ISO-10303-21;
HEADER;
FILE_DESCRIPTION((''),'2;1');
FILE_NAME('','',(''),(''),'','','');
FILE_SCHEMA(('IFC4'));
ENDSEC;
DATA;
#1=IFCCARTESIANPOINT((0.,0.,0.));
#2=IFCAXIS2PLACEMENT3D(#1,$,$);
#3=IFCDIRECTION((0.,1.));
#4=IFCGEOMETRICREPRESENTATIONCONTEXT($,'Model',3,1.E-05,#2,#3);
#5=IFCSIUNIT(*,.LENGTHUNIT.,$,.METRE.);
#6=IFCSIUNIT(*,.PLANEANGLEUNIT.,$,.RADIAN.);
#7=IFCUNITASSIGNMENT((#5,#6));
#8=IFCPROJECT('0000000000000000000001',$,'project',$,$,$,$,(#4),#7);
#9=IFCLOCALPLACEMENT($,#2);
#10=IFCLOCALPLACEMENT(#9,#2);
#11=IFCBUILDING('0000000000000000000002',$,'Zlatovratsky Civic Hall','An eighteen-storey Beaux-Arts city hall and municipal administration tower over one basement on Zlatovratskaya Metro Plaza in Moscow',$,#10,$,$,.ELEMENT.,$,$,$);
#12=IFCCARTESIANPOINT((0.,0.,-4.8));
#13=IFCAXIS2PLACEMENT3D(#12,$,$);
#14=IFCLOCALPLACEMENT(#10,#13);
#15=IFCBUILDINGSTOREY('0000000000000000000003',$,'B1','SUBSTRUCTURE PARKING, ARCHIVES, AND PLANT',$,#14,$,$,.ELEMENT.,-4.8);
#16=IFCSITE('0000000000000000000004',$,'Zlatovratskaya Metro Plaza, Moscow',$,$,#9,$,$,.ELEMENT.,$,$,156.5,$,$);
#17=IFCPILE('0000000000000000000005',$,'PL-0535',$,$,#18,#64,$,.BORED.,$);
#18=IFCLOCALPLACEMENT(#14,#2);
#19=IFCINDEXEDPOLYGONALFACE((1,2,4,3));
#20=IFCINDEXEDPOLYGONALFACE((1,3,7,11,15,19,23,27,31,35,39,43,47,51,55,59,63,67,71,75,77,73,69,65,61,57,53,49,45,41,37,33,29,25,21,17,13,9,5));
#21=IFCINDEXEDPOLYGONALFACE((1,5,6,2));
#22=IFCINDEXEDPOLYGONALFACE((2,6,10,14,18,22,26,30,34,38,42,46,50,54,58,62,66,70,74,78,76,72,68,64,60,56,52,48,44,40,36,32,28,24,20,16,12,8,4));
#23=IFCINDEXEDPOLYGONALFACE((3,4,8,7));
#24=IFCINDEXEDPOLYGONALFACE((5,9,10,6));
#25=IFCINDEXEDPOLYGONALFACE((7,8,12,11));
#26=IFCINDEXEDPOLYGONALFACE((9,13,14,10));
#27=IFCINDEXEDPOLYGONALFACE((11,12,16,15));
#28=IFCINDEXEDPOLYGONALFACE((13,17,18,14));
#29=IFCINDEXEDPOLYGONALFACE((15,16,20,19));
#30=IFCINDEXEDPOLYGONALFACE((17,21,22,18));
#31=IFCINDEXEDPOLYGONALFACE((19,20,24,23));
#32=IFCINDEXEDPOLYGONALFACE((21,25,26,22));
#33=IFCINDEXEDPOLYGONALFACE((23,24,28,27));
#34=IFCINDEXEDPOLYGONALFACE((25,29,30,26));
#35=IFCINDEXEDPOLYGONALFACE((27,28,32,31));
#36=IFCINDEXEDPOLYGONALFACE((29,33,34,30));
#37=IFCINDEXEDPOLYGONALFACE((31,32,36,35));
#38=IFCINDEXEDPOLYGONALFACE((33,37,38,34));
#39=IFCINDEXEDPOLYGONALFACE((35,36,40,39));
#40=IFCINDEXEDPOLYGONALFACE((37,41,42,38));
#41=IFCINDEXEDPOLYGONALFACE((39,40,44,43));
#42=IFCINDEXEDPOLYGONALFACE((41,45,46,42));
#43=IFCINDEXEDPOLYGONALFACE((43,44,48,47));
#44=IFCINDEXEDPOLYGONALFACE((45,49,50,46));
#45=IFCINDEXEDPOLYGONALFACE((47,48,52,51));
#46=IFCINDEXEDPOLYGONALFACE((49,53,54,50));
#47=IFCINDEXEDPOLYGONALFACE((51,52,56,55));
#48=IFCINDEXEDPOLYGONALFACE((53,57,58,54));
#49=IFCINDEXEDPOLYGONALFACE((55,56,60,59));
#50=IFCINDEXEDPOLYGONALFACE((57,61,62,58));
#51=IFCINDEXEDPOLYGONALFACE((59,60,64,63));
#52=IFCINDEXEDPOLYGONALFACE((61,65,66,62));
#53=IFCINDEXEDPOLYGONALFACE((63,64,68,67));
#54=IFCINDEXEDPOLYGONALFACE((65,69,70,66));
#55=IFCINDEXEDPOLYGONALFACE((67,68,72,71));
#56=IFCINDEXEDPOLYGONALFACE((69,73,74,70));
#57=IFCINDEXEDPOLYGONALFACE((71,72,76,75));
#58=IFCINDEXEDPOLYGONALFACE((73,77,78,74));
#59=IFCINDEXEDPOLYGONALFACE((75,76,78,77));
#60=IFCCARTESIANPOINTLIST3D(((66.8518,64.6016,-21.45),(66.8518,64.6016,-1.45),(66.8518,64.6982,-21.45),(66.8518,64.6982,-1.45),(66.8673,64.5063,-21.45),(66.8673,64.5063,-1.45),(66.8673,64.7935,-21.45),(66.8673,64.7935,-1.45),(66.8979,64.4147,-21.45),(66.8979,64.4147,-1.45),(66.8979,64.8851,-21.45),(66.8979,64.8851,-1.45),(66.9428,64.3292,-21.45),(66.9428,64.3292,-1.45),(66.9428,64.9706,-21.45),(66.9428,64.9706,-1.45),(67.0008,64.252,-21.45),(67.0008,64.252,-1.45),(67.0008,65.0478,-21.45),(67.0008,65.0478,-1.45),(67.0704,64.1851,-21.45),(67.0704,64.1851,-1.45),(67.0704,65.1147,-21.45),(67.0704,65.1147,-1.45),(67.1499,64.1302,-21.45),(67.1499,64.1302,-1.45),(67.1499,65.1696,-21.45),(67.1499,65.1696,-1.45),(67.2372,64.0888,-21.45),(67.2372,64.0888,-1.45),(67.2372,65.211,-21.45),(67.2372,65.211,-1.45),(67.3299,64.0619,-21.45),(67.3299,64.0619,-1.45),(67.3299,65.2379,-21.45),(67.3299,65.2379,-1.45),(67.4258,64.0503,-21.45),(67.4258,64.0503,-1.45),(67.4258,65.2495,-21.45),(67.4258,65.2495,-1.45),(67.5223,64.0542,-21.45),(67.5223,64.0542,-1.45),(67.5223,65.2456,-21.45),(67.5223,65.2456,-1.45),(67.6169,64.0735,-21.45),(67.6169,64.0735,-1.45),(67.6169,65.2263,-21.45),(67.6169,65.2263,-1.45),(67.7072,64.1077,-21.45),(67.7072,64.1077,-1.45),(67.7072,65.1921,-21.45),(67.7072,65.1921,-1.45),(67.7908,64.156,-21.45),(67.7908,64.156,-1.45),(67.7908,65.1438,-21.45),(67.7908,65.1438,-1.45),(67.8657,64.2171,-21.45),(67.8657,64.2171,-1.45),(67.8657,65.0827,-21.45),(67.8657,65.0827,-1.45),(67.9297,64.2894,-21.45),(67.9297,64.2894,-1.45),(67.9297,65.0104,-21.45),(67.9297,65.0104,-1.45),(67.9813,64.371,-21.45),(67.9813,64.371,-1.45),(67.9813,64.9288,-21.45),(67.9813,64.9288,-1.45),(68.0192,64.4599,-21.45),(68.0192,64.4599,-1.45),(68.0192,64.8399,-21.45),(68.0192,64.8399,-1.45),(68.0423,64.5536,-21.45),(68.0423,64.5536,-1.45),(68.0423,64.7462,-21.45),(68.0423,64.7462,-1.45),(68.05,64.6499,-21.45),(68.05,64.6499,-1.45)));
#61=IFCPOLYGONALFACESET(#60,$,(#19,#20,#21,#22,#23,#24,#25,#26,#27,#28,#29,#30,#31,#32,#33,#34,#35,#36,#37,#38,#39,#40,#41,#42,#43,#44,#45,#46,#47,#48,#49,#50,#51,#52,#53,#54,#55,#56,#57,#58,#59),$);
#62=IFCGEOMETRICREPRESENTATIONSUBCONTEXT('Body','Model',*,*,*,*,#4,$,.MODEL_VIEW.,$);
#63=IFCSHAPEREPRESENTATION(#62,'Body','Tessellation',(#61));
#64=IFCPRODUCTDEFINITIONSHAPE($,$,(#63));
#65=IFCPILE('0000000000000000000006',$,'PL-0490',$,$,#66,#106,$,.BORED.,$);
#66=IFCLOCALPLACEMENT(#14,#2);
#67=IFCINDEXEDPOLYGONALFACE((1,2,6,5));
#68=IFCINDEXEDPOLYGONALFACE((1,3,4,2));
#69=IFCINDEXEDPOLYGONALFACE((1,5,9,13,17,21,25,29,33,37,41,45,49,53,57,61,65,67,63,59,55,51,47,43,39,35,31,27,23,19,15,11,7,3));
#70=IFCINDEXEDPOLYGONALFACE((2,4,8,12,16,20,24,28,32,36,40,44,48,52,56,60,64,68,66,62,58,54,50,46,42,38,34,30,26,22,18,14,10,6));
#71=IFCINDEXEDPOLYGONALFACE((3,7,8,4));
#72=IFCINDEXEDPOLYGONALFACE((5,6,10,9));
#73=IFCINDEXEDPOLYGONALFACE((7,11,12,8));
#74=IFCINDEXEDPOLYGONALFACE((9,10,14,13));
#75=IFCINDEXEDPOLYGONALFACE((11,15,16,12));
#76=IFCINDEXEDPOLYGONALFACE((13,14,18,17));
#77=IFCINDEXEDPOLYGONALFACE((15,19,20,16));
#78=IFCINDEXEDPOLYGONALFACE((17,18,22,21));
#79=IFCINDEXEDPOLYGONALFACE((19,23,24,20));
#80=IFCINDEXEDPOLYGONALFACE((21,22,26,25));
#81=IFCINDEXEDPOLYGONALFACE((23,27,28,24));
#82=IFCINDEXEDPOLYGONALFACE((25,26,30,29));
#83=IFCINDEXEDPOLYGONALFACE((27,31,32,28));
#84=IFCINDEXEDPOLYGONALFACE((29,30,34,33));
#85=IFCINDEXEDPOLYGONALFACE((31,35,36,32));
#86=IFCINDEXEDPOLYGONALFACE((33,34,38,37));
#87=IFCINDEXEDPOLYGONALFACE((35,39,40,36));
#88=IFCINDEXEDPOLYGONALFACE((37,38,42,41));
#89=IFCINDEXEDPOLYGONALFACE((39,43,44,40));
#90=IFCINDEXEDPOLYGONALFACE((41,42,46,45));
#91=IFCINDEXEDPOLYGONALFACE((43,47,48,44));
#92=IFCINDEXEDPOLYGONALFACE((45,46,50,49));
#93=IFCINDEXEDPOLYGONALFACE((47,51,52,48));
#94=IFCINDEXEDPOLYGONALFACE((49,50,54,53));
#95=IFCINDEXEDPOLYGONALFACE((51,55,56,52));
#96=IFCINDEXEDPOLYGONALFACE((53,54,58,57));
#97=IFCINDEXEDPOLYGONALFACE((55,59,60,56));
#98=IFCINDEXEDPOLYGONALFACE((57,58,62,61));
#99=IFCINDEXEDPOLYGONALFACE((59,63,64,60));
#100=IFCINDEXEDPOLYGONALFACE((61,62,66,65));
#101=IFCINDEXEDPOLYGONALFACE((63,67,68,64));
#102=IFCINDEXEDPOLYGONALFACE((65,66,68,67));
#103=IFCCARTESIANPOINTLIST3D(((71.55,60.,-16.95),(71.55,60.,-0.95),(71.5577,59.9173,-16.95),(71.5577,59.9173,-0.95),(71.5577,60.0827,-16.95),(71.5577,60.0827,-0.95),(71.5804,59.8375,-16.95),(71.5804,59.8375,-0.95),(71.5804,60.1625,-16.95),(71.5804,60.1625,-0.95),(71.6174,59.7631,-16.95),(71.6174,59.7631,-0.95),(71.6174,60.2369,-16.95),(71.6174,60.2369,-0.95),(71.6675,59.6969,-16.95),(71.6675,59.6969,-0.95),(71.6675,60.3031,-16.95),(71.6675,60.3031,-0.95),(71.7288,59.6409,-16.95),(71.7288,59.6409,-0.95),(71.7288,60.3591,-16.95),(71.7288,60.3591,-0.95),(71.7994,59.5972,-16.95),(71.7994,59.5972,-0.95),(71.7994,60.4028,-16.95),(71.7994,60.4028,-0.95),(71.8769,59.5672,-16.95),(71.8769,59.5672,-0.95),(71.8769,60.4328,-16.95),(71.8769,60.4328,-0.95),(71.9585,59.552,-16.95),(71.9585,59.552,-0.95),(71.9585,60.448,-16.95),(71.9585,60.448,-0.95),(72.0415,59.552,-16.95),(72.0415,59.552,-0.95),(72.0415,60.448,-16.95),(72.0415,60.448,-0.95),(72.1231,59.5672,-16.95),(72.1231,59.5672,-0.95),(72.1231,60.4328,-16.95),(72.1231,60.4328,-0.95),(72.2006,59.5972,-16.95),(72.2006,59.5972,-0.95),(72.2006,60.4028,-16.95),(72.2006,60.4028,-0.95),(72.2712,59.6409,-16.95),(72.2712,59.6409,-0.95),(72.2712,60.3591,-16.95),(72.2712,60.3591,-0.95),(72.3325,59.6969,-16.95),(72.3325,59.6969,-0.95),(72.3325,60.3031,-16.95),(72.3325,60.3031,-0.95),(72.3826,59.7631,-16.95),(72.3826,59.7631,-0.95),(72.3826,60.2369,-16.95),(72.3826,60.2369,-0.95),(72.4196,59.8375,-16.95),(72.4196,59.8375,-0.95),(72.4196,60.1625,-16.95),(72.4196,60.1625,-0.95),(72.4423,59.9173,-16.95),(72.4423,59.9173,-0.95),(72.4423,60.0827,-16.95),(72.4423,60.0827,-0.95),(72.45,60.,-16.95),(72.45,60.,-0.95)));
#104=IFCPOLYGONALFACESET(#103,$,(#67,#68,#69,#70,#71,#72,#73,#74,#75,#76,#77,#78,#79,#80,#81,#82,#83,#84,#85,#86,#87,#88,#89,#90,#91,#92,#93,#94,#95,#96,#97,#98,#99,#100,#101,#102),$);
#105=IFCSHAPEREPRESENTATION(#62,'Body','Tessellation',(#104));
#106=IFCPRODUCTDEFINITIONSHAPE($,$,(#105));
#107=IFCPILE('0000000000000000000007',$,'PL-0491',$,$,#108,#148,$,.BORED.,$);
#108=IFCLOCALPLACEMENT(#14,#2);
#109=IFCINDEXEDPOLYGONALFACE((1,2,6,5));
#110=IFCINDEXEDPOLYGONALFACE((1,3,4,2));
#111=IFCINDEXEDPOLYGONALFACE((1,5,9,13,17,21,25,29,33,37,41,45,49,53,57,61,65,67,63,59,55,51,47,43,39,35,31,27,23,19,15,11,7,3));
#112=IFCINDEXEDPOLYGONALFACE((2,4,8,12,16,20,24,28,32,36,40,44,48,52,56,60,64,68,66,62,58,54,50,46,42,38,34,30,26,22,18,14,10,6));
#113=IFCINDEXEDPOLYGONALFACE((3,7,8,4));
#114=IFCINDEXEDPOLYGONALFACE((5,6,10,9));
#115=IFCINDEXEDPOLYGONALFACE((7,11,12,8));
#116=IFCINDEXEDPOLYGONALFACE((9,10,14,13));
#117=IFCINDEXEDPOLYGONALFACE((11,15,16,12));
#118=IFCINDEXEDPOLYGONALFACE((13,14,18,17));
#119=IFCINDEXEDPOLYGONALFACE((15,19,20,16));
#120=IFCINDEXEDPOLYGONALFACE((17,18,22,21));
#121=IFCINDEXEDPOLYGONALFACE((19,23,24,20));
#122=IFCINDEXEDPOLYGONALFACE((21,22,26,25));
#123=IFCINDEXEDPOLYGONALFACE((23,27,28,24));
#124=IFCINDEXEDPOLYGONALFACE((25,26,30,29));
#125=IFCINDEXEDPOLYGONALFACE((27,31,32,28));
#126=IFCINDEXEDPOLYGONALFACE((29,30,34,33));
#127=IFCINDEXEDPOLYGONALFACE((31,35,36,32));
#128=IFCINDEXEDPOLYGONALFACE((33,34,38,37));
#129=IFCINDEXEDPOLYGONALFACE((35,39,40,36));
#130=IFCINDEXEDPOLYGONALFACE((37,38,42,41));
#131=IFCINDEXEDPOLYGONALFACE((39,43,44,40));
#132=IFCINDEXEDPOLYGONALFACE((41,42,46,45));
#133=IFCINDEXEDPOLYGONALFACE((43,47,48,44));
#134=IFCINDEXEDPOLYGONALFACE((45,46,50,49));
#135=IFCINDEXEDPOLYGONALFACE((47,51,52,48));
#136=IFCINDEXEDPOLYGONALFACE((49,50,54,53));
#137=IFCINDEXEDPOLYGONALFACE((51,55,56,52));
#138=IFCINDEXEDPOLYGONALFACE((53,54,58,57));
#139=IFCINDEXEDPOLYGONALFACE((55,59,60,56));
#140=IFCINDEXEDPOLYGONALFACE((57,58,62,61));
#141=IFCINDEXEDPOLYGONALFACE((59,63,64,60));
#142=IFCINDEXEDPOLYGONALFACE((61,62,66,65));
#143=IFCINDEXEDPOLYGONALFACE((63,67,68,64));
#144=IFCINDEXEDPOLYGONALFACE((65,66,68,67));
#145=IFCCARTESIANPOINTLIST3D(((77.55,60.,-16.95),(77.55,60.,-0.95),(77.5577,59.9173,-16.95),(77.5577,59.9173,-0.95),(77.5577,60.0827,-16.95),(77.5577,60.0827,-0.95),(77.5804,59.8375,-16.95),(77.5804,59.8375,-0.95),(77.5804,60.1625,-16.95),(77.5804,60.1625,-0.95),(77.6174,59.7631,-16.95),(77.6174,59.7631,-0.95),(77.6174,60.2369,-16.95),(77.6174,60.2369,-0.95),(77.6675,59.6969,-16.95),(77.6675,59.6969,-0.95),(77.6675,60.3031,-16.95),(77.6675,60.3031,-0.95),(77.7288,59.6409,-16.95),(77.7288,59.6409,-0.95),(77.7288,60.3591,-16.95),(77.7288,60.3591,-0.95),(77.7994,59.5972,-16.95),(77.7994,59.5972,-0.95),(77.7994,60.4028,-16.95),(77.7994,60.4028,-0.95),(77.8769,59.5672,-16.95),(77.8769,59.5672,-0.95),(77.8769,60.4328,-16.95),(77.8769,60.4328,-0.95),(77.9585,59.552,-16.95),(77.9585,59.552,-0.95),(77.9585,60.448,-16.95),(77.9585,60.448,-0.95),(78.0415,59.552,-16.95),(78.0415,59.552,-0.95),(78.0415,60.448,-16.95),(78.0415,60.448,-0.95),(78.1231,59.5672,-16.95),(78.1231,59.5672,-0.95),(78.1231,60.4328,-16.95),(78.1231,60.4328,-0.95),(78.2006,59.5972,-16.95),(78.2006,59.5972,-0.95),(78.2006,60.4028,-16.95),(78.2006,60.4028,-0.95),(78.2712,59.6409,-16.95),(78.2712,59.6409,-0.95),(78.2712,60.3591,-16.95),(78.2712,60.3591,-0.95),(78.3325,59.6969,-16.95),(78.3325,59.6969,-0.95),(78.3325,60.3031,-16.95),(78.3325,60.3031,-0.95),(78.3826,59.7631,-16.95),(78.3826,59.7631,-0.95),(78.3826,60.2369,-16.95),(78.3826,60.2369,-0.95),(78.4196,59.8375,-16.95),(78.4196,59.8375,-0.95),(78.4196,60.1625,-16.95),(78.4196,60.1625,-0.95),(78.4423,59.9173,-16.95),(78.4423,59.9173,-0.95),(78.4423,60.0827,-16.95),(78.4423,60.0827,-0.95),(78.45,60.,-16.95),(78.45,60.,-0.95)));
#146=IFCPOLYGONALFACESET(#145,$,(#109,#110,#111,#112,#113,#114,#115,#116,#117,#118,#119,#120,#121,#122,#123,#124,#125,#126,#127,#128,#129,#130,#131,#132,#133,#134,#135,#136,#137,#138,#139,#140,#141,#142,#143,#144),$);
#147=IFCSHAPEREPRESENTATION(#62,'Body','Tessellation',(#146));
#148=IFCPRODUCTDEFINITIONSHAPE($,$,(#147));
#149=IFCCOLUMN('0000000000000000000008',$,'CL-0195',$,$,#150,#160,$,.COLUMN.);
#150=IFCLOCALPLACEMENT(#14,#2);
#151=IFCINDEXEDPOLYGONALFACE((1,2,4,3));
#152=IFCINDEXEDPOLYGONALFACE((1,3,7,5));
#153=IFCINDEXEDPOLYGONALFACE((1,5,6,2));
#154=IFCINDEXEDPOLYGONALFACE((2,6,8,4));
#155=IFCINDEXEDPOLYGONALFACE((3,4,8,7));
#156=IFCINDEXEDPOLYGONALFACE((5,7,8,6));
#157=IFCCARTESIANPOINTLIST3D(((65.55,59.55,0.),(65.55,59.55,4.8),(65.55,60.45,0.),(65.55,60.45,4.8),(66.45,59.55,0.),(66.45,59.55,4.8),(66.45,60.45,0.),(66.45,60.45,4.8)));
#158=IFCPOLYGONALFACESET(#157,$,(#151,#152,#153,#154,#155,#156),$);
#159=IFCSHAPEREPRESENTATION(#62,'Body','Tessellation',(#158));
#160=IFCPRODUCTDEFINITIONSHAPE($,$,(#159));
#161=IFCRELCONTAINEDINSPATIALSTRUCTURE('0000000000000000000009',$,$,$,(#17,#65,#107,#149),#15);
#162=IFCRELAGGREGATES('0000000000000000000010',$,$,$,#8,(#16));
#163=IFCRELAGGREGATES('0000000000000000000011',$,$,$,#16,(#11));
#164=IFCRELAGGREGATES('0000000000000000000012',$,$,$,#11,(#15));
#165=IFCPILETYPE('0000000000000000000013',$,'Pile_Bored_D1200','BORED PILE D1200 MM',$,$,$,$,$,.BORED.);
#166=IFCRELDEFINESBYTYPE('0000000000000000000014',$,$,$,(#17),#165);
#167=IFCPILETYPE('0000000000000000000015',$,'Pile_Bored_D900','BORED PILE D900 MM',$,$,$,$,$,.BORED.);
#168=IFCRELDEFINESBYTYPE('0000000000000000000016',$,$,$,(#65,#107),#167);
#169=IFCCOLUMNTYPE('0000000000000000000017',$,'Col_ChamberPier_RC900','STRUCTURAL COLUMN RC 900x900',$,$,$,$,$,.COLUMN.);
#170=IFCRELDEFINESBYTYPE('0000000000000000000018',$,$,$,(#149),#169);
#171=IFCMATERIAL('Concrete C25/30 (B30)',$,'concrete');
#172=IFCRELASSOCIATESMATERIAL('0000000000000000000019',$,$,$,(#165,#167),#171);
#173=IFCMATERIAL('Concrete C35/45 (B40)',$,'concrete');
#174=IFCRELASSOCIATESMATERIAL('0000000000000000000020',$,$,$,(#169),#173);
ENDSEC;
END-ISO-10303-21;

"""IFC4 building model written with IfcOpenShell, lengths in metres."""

from ifc_helpers import new_model, si_unit, direction, frame, origin, origin_2d, place, context, subcontext, project, spatial, rectangle, circle, extrude, material, material_profile, profile_set, type_object, element, save


model = new_model("IFC4")

# Units and contexts
model_context = context("Model", 3, precision=1e-05, world=origin(), true_north=direction((0.0, 1.0)))
body_context = subcontext(model_context, "Body", "Model", "MODEL_VIEW")
ifc_project = project(units=[si_unit("LENGTHUNIT", "METRE"), si_unit("PLANEANGLEUNIT", "RADIAN")], contexts=[model_context])

# Site, building, storey
site_placement = place(None, origin())
site = spatial("IfcSite", under=ifc_project, at=site_placement, Name="Zlatovratskaya Metro Plaza, Moscow", CompositionType="ELEMENT", RefElevation=156.5)
building_placement = place(site_placement, origin())
building = spatial("IfcBuilding", under=site, at=building_placement, Name="Zlatovratsky Civic Hall", Description="An eighteen-storey Beaux-Arts city hall and municipal administration tower over one basement on Zlatovratskaya Metro Plaza in Moscow", CompositionType="ELEMENT")
storey_placement = place(building_placement, frame((0.0, 0.0, -4.8)))
storey = spatial("IfcBuildingStorey", under=building, at=storey_placement, Name="B1", Description="SUBSTRUCTURE PARKING, ARCHIVES, AND PLANT", CompositionType="ELEMENT", Elevation=-4.8)

# Shared definitions
ifc_material_1 = material(Name="Concrete C25/30 (B30)", Category="concrete")

# Piles
ifc_material_profile_1 = material_profile(ifc_material_1, circle(Radius=0.6001, at=origin_2d()), Name="PILE D1200")
ifc_profile_set_1 = profile_set([ifc_material_profile_1], Name="Concrete C25/30 (B30)")
pile_type_1 = type_object("IfcPileType", Name="Pile_Bored_D1200", Description="BORED PILE D1200 MM", PredefinedType="BORED", material=ifc_profile_set_1)
for number, where, z_axis, x_axis, name in (
    (1, (67.45, 64.6499, -1.45), (0.0, 0.0, -1.0), (1.0, 0.0, 0.0), "PL-0535"),
):
    element("IfcPile", number, at=place(storey_placement, frame(where, z_axis=z_axis, x_axis=x_axis)), inside=storey, type_object=pile_type_1, Name=name, PredefinedType="BORED", context=body_context, shape_type="SweptSolid", body=[
        extrude(circle(Radius=0.6001, at=origin_2d()), origin(), (0.0, 0.0, 1.0), 20.0),
    ])
ifc_material_profile_2 = material_profile(ifc_material_1, circle(Radius=0.45, at=origin_2d()), Name="PILE D900")
ifc_profile_set_2 = profile_set([ifc_material_profile_2], Name="Concrete C25/30 (B30)")
pile_type_2 = type_object("IfcPileType", Name="Pile_Bored_D900", Description="BORED PILE D900 MM", PredefinedType="BORED", material=ifc_profile_set_2)
for number, where, z_axis, x_axis, name in (
    (2, (72.0, 60.0, -0.95), (0.0, 0.0, -1.0), (1.0, 0.0, 0.0), "PL-0490"),
    (3, (78.0, 60.0, -0.95), (0.0, 0.0, -1.0), (1.0, 0.0, 0.0), "PL-0491"),
):
    element("IfcPile", number, at=place(storey_placement, frame(where, z_axis=z_axis, x_axis=x_axis)), inside=storey, type_object=pile_type_2, Name=name, PredefinedType="BORED", context=body_context, shape_type="SweptSolid", body=[
        extrude(circle(Radius=0.45, at=origin_2d()), origin(), (0.0, 0.0, 1.0), 16.0),
    ])

# Column
ifc_material_2 = material(Name="Concrete C35/45 (B40)", Category="concrete")
ifc_material_profile_3 = material_profile(ifc_material_2, rectangle(XDim=0.8999, YDim=0.8999, at=origin_2d()), Name="RC 900x900")
ifc_profile_set_3 = profile_set([ifc_material_profile_3], Name="Concrete C35/45 (B40)")
column_type_1 = type_object("IfcColumnType", Name="Col_ChamberPier_RC900", Description="STRUCTURAL COLUMN RC 900x900", PredefinedType="COLUMN", material=ifc_profile_set_3)
column_placement = place(storey_placement, frame((66.0, 60.0, 0.0), z_axis=(0.0, 0.0, 1.0), x_axis=(1.0, 0.0, 0.0)))
element("IfcColumn", 4, at=column_placement, inside=storey, type_object=column_type_1, Name="CL-0195", PredefinedType="COLUMN", context=body_context, shape_type="SweptSolid", body=[
    extrude(rectangle(XDim=0.8999, YDim=0.8999, at=origin_2d()), origin(), (0.0, 0.0, 1.0), 4.8),
])

save(model, "model.ifc")
